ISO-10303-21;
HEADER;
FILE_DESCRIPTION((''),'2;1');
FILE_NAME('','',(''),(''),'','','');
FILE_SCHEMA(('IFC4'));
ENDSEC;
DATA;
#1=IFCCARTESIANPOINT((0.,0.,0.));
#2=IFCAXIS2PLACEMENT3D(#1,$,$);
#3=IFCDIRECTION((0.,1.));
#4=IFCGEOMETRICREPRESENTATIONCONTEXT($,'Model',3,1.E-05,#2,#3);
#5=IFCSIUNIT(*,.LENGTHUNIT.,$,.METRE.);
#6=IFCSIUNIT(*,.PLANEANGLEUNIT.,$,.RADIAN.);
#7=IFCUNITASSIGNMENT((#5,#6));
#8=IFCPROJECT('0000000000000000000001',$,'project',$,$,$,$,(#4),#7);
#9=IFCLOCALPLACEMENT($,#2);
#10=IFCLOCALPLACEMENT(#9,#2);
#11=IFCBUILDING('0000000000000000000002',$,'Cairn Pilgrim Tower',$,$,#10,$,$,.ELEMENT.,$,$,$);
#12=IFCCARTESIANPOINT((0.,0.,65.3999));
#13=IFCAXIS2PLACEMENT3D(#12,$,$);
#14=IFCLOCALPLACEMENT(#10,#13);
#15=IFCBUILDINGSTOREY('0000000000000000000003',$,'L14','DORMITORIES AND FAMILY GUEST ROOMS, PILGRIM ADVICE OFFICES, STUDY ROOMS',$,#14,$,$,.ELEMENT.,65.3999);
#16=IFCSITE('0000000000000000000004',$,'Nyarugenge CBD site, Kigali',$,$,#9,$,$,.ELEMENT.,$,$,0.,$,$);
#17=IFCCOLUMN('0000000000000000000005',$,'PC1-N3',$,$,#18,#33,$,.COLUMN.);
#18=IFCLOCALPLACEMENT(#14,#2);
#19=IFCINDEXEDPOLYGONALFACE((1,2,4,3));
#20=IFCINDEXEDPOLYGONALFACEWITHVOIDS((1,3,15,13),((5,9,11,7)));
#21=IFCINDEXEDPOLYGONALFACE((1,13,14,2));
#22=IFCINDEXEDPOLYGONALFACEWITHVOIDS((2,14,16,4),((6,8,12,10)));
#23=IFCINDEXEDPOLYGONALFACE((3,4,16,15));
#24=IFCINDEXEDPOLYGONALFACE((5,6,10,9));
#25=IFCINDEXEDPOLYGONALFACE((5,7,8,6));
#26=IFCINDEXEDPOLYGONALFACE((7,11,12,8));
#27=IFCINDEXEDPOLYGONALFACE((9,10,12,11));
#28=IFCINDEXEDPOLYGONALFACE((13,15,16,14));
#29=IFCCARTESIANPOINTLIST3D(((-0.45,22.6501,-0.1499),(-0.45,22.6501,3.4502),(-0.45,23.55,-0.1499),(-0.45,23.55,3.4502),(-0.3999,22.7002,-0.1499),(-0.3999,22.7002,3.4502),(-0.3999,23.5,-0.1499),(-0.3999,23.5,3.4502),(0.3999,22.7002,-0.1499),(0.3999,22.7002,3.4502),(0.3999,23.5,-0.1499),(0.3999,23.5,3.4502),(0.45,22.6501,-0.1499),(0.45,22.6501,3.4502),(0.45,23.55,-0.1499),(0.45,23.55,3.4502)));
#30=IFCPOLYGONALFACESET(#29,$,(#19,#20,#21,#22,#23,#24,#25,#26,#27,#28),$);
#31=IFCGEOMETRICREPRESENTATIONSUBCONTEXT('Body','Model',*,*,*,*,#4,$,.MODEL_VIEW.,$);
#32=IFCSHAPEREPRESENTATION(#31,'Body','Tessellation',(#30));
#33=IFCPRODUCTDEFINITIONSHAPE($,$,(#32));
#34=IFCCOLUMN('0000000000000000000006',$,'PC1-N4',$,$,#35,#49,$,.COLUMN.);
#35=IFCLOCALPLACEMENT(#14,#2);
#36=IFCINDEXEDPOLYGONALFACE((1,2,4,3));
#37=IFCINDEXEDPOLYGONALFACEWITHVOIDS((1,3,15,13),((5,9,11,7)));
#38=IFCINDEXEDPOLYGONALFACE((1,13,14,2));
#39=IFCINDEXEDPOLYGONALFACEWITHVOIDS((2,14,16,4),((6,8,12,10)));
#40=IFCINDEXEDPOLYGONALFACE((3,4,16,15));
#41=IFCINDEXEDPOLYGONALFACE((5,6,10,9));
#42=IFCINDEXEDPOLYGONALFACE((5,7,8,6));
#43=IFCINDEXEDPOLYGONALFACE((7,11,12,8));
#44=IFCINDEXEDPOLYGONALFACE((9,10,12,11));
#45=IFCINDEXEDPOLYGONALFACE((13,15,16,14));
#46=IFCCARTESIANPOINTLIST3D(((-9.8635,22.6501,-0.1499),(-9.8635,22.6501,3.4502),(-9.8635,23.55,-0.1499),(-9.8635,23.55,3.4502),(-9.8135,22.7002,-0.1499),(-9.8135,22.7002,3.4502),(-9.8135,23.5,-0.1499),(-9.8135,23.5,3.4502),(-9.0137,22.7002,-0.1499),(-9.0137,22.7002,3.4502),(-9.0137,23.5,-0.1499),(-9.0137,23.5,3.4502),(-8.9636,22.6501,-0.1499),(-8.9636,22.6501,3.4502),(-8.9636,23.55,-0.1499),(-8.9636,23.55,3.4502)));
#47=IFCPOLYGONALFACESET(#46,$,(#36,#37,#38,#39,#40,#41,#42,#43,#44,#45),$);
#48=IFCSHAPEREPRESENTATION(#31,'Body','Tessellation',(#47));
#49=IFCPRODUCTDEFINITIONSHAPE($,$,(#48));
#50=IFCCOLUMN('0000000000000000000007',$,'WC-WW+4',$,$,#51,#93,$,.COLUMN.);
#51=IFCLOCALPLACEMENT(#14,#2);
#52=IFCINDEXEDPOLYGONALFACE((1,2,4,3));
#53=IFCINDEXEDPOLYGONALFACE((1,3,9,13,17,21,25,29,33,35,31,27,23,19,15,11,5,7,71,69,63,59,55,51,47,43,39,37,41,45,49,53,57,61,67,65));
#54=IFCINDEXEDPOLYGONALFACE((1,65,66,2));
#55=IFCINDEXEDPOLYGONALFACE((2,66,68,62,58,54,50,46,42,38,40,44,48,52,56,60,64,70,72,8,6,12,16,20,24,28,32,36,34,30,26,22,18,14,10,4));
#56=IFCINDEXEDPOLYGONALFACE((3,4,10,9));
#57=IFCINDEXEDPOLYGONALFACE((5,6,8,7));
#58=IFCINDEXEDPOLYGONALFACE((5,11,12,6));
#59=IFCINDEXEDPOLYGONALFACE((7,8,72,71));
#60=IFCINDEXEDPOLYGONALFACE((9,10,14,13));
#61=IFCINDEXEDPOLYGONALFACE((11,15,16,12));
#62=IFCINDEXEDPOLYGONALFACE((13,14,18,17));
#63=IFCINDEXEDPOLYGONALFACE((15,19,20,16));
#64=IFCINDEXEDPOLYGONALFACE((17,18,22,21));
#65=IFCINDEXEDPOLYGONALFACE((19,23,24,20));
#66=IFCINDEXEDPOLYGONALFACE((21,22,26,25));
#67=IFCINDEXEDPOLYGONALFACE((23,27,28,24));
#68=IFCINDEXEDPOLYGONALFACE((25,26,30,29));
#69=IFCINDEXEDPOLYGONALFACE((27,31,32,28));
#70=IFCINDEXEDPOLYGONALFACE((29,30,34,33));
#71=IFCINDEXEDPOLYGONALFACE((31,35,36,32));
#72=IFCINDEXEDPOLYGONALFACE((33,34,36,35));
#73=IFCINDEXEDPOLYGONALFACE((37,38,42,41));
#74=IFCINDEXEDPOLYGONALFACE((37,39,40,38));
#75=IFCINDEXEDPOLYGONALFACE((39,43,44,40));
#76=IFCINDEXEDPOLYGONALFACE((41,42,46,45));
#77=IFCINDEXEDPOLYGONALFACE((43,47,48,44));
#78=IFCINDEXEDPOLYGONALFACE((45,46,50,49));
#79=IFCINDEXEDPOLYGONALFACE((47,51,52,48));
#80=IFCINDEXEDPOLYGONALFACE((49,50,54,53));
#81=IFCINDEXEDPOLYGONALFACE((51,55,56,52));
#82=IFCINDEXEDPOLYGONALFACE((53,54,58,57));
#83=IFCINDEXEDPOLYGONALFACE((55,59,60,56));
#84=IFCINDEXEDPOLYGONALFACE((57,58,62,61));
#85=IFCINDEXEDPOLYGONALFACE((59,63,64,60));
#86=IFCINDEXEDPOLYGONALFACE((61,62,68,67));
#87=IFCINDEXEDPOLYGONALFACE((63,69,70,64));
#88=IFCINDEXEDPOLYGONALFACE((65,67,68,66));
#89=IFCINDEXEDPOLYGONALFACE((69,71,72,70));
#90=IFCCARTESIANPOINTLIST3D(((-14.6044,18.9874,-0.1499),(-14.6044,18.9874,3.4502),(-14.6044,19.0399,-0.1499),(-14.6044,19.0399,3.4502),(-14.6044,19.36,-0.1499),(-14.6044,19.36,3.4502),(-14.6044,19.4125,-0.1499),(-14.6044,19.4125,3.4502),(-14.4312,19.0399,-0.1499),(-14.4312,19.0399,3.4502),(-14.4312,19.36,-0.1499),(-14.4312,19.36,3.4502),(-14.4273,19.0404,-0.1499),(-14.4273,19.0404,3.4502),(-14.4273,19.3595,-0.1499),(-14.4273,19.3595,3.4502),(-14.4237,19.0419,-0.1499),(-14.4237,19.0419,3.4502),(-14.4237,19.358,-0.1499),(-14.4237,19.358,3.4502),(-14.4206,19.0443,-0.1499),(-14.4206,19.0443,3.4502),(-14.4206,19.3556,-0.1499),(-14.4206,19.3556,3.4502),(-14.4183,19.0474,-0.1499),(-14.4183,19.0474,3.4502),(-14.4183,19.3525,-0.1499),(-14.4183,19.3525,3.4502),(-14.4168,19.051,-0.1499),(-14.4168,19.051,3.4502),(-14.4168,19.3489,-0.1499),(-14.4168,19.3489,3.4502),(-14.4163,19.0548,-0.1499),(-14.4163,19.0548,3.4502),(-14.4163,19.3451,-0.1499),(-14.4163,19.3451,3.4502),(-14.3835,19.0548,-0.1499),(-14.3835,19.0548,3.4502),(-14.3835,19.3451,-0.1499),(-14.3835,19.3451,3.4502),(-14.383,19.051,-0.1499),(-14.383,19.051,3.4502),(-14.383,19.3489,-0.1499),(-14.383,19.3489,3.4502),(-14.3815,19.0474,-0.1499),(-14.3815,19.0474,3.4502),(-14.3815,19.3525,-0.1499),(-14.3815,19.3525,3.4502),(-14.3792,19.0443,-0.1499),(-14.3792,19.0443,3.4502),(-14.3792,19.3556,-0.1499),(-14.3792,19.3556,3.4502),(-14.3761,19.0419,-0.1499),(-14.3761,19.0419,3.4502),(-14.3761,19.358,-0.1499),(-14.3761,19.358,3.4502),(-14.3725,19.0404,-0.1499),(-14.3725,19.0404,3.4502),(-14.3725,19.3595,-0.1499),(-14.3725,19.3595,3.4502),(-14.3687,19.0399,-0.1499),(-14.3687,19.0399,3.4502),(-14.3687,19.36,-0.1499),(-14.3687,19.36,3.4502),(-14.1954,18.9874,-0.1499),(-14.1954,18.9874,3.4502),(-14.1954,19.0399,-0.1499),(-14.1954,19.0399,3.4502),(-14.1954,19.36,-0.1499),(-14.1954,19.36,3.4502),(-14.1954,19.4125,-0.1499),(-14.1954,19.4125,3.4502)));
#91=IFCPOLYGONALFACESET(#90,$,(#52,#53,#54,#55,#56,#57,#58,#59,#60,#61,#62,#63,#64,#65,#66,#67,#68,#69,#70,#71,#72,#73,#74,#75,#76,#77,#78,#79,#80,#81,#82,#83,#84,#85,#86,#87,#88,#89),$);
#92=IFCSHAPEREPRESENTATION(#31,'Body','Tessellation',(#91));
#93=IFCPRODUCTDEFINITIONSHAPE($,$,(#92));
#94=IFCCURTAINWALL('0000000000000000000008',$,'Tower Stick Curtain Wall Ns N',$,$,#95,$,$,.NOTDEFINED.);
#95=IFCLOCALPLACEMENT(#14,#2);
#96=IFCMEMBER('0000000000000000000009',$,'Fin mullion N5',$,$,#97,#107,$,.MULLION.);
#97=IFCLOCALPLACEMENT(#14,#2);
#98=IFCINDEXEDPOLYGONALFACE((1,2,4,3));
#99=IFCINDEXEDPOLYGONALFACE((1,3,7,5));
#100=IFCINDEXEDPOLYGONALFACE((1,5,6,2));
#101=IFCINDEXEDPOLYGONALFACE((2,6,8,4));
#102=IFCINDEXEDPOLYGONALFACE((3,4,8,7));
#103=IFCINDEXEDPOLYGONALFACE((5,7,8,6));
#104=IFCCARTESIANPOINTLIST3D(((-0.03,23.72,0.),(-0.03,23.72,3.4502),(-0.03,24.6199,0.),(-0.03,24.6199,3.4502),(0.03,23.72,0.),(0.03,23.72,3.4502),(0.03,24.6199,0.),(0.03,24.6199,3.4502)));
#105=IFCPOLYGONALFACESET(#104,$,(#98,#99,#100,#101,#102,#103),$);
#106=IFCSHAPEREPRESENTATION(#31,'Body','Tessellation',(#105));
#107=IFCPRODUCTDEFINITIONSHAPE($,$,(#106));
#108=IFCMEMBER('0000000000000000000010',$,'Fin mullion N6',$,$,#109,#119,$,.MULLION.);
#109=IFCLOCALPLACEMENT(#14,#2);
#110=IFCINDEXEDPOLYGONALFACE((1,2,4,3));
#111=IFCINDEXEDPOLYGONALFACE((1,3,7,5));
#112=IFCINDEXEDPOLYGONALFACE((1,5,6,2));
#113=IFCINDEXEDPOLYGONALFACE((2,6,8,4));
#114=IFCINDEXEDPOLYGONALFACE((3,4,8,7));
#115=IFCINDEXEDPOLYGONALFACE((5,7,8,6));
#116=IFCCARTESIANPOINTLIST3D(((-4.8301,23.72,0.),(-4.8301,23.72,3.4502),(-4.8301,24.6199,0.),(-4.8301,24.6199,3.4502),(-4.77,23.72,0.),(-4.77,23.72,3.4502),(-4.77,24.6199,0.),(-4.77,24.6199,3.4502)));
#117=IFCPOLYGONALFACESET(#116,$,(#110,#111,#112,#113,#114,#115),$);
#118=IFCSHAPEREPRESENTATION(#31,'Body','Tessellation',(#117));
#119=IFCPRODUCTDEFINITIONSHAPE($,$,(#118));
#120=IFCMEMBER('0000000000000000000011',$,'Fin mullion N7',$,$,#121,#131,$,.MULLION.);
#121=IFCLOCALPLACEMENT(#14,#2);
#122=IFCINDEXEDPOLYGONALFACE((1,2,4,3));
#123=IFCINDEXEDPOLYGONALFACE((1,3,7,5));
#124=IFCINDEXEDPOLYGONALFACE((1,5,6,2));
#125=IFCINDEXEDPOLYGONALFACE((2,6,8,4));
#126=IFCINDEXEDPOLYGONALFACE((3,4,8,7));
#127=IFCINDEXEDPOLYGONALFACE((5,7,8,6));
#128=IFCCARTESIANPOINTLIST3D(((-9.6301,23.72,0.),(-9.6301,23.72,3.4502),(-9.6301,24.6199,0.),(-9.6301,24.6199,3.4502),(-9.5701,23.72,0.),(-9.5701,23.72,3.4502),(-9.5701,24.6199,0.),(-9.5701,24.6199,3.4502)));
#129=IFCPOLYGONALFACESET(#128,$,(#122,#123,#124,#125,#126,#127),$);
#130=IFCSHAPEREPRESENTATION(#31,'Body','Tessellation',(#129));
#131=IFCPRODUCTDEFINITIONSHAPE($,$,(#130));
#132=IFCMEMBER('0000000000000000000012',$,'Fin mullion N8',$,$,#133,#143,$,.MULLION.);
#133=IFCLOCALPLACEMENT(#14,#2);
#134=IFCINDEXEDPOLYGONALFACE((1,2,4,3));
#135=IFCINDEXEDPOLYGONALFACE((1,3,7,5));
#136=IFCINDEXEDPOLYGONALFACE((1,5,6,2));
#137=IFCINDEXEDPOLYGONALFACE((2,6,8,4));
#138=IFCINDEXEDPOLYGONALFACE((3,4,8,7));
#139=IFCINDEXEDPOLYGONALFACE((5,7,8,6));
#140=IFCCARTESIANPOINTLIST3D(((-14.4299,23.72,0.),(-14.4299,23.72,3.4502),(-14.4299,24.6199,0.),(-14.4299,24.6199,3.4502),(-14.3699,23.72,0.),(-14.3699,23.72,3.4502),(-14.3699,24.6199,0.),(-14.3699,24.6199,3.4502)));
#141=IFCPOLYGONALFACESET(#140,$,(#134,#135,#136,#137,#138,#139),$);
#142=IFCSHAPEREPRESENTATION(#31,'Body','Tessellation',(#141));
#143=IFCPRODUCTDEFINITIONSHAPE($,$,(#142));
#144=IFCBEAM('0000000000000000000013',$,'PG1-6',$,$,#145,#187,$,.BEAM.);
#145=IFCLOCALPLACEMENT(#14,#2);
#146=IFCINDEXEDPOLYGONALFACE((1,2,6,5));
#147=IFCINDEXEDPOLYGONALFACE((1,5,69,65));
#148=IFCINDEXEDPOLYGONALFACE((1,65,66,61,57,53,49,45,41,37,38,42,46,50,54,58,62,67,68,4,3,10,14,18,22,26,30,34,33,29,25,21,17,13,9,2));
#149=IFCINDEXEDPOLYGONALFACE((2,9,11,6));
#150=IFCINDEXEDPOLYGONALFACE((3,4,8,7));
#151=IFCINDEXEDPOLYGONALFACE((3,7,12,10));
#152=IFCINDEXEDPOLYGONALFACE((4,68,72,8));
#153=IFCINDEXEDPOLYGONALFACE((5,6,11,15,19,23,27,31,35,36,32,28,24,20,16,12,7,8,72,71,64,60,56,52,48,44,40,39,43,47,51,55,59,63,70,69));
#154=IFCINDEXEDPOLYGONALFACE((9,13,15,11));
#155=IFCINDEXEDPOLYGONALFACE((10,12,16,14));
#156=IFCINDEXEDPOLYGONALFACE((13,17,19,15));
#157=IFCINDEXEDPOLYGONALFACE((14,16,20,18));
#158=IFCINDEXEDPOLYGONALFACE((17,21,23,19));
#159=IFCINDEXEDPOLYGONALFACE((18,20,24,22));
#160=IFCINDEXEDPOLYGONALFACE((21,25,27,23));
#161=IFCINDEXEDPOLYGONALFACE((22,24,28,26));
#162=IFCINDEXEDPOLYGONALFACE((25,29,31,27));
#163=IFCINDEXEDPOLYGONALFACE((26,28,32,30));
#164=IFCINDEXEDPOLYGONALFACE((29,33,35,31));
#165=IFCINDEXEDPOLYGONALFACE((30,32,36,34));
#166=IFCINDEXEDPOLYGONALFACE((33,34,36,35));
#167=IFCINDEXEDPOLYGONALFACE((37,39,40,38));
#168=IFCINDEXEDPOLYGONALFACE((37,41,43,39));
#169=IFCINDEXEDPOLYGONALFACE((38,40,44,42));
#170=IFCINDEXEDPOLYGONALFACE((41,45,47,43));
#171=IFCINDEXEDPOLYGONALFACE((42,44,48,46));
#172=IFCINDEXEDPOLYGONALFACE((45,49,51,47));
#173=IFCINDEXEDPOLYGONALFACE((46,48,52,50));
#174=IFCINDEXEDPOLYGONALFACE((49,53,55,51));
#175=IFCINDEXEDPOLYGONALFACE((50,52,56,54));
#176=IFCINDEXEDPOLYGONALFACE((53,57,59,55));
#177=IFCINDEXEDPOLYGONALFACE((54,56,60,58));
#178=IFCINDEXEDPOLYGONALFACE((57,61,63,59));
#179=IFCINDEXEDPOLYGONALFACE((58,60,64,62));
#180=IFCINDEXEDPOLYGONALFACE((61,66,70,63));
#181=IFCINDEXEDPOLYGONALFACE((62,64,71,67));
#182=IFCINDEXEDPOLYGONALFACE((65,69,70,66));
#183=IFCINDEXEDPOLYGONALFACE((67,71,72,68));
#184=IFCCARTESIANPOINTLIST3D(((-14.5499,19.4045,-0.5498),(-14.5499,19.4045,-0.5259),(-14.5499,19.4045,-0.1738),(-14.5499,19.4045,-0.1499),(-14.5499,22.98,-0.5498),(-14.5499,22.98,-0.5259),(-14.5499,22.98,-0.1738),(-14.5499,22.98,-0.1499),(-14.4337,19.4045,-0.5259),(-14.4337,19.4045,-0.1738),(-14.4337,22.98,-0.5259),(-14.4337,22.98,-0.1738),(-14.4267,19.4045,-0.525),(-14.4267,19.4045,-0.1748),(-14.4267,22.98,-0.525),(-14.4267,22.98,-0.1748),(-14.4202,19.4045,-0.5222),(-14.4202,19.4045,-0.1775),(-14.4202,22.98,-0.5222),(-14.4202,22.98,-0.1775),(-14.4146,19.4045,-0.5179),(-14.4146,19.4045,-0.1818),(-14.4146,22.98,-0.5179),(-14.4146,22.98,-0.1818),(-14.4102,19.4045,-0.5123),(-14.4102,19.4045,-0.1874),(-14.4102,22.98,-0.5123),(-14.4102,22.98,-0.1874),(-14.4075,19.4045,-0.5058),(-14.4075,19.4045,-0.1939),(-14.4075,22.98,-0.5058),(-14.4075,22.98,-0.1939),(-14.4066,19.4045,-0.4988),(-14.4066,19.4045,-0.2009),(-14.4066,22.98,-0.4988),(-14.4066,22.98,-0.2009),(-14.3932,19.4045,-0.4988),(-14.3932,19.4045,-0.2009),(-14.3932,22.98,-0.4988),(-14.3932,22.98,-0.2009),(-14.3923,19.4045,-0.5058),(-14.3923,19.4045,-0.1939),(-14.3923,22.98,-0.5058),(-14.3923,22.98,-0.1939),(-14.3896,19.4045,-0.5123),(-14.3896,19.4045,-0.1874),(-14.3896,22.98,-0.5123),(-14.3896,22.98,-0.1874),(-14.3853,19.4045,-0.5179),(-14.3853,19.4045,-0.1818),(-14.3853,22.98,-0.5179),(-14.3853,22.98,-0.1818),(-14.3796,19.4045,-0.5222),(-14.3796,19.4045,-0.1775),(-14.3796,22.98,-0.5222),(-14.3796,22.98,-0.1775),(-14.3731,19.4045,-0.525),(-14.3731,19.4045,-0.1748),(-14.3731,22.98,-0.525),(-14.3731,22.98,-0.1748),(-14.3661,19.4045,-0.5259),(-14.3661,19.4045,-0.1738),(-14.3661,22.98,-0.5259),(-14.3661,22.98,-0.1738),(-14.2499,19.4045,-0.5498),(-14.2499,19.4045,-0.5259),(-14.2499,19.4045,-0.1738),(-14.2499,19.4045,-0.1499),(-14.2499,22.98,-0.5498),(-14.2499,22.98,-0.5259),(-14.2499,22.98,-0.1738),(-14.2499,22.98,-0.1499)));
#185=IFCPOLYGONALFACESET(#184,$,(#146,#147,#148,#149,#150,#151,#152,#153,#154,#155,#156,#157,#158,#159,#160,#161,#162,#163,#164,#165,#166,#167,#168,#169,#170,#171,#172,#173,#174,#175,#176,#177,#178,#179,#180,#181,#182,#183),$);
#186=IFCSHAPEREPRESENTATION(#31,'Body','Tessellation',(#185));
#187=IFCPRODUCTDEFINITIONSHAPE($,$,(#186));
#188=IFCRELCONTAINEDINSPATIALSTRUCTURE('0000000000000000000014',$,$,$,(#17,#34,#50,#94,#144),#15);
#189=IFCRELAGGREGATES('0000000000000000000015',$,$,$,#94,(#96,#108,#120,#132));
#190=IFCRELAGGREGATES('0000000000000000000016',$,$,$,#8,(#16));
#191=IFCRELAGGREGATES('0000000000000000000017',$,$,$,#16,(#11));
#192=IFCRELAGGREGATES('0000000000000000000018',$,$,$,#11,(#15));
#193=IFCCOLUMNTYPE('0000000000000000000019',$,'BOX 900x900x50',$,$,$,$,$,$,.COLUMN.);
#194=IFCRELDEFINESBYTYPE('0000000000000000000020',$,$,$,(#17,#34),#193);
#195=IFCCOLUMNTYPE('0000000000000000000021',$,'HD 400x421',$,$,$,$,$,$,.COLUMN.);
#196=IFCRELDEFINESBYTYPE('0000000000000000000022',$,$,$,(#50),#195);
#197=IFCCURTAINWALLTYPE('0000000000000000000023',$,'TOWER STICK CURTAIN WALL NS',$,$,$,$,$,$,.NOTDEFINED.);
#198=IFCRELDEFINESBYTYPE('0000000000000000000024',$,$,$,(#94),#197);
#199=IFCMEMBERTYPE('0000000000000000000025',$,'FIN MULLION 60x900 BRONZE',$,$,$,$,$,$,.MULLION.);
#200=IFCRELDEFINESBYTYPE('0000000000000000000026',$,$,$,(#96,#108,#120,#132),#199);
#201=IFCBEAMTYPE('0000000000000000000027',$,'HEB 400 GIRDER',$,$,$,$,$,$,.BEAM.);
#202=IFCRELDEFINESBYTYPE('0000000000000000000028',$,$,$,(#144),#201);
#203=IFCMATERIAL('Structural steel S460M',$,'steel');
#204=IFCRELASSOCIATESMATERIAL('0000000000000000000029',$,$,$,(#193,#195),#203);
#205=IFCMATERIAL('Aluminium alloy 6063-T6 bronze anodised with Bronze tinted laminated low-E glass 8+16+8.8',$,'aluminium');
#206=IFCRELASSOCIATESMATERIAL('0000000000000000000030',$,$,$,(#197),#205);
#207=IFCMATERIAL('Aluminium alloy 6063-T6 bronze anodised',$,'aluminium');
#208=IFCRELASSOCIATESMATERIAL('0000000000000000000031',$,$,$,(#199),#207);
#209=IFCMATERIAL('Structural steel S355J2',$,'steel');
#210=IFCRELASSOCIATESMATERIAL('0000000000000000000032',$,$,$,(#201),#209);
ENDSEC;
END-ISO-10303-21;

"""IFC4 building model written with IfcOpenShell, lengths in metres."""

from ifc_helpers import new_model, si_unit, direction, frame, origin, origin_2d, place, context, subcontext, project, spatial, rectangle, hollow_rectangle, i_section, extrude, material, material_profile, profile_set, type_object, element, aggregate, save


model = new_model("IFC4")

# Units and contexts
model_context = context("Model", 3, precision=1e-05, world=origin(), true_north=direction((0.0, 1.0)))
body_context = subcontext(model_context, "Body", "Model", "MODEL_VIEW")
ifc_project = project(units=[si_unit("LENGTHUNIT", "METRE"), si_unit("PLANEANGLEUNIT", "RADIAN")], contexts=[model_context])

# Site, building, storey
site_placement = place(None, origin())
site = spatial("IfcSite", under=ifc_project, at=site_placement, Name="Nyarugenge CBD site, Kigali", CompositionType="ELEMENT", RefElevation=0.0)
building_placement = place(site_placement, origin())
building = spatial("IfcBuilding", under=site, at=building_placement, Name="Cairn Pilgrim Tower", CompositionType="ELEMENT")
storey_placement = place(building_placement, frame((0.0, 0.0, 65.3999)))
storey = spatial("IfcBuildingStorey", under=building, at=storey_placement, Name="L14", Description="DORMITORIES AND FAMILY GUEST ROOMS, PILGRIM ADVICE OFFICES, STUDY ROOMS", CompositionType="ELEMENT", Elevation=65.3999)

# Columns
ifc_material_1 = material(Name="Structural steel S460M", Category="steel")
ifc_material_profile_1 = material_profile(ifc_material_1, hollow_rectangle(XDim=0.8999, YDim=0.8999, WallThickness=0.05, at=origin_2d()), Name="BOX 900x900x50")
ifc_profile_set_1 = profile_set([ifc_material_profile_1], Name="Structural steel S460M")
column_type_1 = type_object("IfcColumnType", Name="BOX 900x900x50", PredefinedType="COLUMN", material=ifc_profile_set_1)
for number, where, z_axis, x_axis, name in (
    (1, (0.0, 23.1001, -0.1499), (0.0, 0.0, 1.0), (1.0, 0.0, 0.0), "PC1-N3"),
    (2, (-9.4136, 23.1001, -0.1499), (0.0, 0.0, 1.0), (1.0, 0.0, 0.0), "PC1-N4"),
):
    element("IfcColumn", number, at=place(storey_placement, frame(where, z_axis=z_axis, x_axis=x_axis)), inside=storey, type_object=column_type_1, Name=name, PredefinedType="COLUMN", context=body_context, shape_type="SweptSolid", body=[
        extrude(hollow_rectangle(XDim=0.8999, YDim=0.8999, WallThickness=0.05, at=origin_2d()), origin(), (0.0, 0.0, 1.0), 3.6001),
    ])
ifc_material_profile_2 = material_profile(ifc_material_1, i_section(OverallWidth=0.4089, OverallDepth=0.425, WebThickness=0.0327, FlangeThickness=0.0525, FilletRadius=0.0149, at=origin_2d()), Name="HD 400x421")
ifc_profile_set_2 = profile_set([ifc_material_profile_2], Name="Structural steel S460M")
column_type_2 = type_object("IfcColumnType", Name="HD 400x421", PredefinedType="COLUMN", material=ifc_profile_set_2)
column_placement = place(storey_placement, frame((-14.3999, 19.2, -0.1499), z_axis=(0.0, 0.0, 1.0), x_axis=(1.0, 0.0, 0.0)))
element("IfcColumn", 3, at=column_placement, inside=storey, type_object=column_type_2, Name="WC-WW+4", PredefinedType="COLUMN", context=body_context, shape_type="SweptSolid", body=[
    extrude(i_section(OverallWidth=0.4089, OverallDepth=0.425, WebThickness=0.0327, FlangeThickness=0.0525, FilletRadius=0.0149, at=origin_2d()), origin(), (0.0, 0.0, 1.0), 3.6001),
])

# Curtain wall, members
ifc_material_2 = material(Name="Aluminium alloy 6063-T6 bronze anodised with Bronze tinted laminated low-E glass 8+16+8.8", Category="aluminium")
curtain_wall_type = type_object("IfcCurtainWallType", Name="TOWER STICK CURTAIN WALL NS", PredefinedType="NOTDEFINED", material=ifc_material_2)
curtain_wall_placement = place(storey_placement, origin())
curtain_wall = element("IfcCurtainWall", 4, at=curtain_wall_placement, inside=storey, type_object=curtain_wall_type, Name="Tower Stick Curtain Wall Ns N", PredefinedType="NOTDEFINED")
ifc_material_3 = material(Name="Aluminium alloy 6063-T6 bronze anodised", Category="aluminium")
ifc_material_profile_3 = material_profile(ifc_material_3, rectangle(XDim=0.8999, YDim=0.0601, at=origin_2d()), Name="FIN MULLION 60x900 BRONZE")
ifc_profile_set_3 = profile_set([ifc_material_profile_3], Name="Aluminium alloy 6063-T6 bronze anodised")
member_type_1 = type_object("IfcMemberType", Name="FIN MULLION 60x900 BRONZE", PredefinedType="MULLION", material=ifc_profile_set_3)
member_1_placement = place(storey_placement, frame((0.0, 24.1699, 0.0), z_axis=(0.0, 0.0, 1.0), x_axis=(0.0, 1.0, 0.0)))
member_1 = element("IfcMember", 5, at=member_1_placement, type_object=member_type_1, Name="Fin mullion N5", PredefinedType="MULLION", context=body_context, shape_type="SweptSolid", body=[
    extrude(rectangle(XDim=0.8999, YDim=0.0601, at=origin_2d()), origin(), (0.0, 0.0, 1.0), 3.4502),
])
member_2_placement = place(storey_placement, frame((-4.8, 24.1699, 0.0), z_axis=(0.0, 0.0, 1.0), x_axis=(0.0, 1.0, 0.0)))
member_2 = element("IfcMember", 6, at=member_2_placement, type_object=member_type_1, Name="Fin mullion N6", PredefinedType="MULLION", context=body_context, shape_type="SweptSolid", body=[
    extrude(rectangle(XDim=0.8999, YDim=0.0601, at=origin_2d()), origin(), (0.0, 0.0, 1.0), 3.4502),
])
member_3_placement = place(storey_placement, frame((-9.6001, 24.1699, 0.0), z_axis=(0.0, 0.0, 1.0), x_axis=(0.0, 1.0, 0.0)))
member_3 = element("IfcMember", 7, at=member_3_placement, type_object=member_type_1, Name="Fin mullion N7", PredefinedType="MULLION", context=body_context, shape_type="SweptSolid", body=[
    extrude(rectangle(XDim=0.8999, YDim=0.0601, at=origin_2d()), origin(), (0.0, 0.0, 1.0), 3.4502),
])
member_4_placement = place(storey_placement, frame((-14.3999, 24.1699, 0.0), z_axis=(0.0, 0.0, 1.0), x_axis=(0.0, 1.0, 0.0)))
member_4 = element("IfcMember", 8, at=member_4_placement, type_object=member_type_1, Name="Fin mullion N8", PredefinedType="MULLION", context=body_context, shape_type="SweptSolid", body=[
    extrude(rectangle(XDim=0.8999, YDim=0.0601, at=origin_2d()), origin(), (0.0, 0.0, 1.0), 3.4502),
])

# Beam
ifc_material_4 = material(Name="Structural steel S355J2", Category="steel")
ifc_material_profile_4 = material_profile(ifc_material_4, i_section(OverallWidth=0.3, OverallDepth=0.3999, WebThickness=0.0134, FlangeThickness=0.0239, FilletRadius=0.0271, at=origin_2d()), Name="HEB 400")
ifc_profile_set_4 = profile_set([ifc_material_profile_4], Name="Structural steel S355J2")
beam_type_1 = type_object("IfcBeamType", Name="HEB 400 GIRDER", PredefinedType="BEAM", material=ifc_profile_set_4)
beam_1_placement = place(storey_placement, frame((-14.3999, 19.4045, -0.3499), z_axis=(0.0, 1.0, 0.0), x_axis=(-1.0, 0.0, 0.0)))
element("IfcBeam", 9, at=beam_1_placement, inside=storey, type_object=beam_type_1, Name="PG1-6", PredefinedType="BEAM", context=body_context, shape_type="SweptSolid", body=[
    extrude(i_section(OverallWidth=0.3, OverallDepth=0.3999, WebThickness=0.0134, FlangeThickness=0.0239, FilletRadius=0.0271, at=origin_2d()), origin(), (0.0, 0.0, 1.0), 3.5754),
])

aggregate(curtain_wall, [member_1, member_2, member_3, member_4])

save(model, "model.ifc")
